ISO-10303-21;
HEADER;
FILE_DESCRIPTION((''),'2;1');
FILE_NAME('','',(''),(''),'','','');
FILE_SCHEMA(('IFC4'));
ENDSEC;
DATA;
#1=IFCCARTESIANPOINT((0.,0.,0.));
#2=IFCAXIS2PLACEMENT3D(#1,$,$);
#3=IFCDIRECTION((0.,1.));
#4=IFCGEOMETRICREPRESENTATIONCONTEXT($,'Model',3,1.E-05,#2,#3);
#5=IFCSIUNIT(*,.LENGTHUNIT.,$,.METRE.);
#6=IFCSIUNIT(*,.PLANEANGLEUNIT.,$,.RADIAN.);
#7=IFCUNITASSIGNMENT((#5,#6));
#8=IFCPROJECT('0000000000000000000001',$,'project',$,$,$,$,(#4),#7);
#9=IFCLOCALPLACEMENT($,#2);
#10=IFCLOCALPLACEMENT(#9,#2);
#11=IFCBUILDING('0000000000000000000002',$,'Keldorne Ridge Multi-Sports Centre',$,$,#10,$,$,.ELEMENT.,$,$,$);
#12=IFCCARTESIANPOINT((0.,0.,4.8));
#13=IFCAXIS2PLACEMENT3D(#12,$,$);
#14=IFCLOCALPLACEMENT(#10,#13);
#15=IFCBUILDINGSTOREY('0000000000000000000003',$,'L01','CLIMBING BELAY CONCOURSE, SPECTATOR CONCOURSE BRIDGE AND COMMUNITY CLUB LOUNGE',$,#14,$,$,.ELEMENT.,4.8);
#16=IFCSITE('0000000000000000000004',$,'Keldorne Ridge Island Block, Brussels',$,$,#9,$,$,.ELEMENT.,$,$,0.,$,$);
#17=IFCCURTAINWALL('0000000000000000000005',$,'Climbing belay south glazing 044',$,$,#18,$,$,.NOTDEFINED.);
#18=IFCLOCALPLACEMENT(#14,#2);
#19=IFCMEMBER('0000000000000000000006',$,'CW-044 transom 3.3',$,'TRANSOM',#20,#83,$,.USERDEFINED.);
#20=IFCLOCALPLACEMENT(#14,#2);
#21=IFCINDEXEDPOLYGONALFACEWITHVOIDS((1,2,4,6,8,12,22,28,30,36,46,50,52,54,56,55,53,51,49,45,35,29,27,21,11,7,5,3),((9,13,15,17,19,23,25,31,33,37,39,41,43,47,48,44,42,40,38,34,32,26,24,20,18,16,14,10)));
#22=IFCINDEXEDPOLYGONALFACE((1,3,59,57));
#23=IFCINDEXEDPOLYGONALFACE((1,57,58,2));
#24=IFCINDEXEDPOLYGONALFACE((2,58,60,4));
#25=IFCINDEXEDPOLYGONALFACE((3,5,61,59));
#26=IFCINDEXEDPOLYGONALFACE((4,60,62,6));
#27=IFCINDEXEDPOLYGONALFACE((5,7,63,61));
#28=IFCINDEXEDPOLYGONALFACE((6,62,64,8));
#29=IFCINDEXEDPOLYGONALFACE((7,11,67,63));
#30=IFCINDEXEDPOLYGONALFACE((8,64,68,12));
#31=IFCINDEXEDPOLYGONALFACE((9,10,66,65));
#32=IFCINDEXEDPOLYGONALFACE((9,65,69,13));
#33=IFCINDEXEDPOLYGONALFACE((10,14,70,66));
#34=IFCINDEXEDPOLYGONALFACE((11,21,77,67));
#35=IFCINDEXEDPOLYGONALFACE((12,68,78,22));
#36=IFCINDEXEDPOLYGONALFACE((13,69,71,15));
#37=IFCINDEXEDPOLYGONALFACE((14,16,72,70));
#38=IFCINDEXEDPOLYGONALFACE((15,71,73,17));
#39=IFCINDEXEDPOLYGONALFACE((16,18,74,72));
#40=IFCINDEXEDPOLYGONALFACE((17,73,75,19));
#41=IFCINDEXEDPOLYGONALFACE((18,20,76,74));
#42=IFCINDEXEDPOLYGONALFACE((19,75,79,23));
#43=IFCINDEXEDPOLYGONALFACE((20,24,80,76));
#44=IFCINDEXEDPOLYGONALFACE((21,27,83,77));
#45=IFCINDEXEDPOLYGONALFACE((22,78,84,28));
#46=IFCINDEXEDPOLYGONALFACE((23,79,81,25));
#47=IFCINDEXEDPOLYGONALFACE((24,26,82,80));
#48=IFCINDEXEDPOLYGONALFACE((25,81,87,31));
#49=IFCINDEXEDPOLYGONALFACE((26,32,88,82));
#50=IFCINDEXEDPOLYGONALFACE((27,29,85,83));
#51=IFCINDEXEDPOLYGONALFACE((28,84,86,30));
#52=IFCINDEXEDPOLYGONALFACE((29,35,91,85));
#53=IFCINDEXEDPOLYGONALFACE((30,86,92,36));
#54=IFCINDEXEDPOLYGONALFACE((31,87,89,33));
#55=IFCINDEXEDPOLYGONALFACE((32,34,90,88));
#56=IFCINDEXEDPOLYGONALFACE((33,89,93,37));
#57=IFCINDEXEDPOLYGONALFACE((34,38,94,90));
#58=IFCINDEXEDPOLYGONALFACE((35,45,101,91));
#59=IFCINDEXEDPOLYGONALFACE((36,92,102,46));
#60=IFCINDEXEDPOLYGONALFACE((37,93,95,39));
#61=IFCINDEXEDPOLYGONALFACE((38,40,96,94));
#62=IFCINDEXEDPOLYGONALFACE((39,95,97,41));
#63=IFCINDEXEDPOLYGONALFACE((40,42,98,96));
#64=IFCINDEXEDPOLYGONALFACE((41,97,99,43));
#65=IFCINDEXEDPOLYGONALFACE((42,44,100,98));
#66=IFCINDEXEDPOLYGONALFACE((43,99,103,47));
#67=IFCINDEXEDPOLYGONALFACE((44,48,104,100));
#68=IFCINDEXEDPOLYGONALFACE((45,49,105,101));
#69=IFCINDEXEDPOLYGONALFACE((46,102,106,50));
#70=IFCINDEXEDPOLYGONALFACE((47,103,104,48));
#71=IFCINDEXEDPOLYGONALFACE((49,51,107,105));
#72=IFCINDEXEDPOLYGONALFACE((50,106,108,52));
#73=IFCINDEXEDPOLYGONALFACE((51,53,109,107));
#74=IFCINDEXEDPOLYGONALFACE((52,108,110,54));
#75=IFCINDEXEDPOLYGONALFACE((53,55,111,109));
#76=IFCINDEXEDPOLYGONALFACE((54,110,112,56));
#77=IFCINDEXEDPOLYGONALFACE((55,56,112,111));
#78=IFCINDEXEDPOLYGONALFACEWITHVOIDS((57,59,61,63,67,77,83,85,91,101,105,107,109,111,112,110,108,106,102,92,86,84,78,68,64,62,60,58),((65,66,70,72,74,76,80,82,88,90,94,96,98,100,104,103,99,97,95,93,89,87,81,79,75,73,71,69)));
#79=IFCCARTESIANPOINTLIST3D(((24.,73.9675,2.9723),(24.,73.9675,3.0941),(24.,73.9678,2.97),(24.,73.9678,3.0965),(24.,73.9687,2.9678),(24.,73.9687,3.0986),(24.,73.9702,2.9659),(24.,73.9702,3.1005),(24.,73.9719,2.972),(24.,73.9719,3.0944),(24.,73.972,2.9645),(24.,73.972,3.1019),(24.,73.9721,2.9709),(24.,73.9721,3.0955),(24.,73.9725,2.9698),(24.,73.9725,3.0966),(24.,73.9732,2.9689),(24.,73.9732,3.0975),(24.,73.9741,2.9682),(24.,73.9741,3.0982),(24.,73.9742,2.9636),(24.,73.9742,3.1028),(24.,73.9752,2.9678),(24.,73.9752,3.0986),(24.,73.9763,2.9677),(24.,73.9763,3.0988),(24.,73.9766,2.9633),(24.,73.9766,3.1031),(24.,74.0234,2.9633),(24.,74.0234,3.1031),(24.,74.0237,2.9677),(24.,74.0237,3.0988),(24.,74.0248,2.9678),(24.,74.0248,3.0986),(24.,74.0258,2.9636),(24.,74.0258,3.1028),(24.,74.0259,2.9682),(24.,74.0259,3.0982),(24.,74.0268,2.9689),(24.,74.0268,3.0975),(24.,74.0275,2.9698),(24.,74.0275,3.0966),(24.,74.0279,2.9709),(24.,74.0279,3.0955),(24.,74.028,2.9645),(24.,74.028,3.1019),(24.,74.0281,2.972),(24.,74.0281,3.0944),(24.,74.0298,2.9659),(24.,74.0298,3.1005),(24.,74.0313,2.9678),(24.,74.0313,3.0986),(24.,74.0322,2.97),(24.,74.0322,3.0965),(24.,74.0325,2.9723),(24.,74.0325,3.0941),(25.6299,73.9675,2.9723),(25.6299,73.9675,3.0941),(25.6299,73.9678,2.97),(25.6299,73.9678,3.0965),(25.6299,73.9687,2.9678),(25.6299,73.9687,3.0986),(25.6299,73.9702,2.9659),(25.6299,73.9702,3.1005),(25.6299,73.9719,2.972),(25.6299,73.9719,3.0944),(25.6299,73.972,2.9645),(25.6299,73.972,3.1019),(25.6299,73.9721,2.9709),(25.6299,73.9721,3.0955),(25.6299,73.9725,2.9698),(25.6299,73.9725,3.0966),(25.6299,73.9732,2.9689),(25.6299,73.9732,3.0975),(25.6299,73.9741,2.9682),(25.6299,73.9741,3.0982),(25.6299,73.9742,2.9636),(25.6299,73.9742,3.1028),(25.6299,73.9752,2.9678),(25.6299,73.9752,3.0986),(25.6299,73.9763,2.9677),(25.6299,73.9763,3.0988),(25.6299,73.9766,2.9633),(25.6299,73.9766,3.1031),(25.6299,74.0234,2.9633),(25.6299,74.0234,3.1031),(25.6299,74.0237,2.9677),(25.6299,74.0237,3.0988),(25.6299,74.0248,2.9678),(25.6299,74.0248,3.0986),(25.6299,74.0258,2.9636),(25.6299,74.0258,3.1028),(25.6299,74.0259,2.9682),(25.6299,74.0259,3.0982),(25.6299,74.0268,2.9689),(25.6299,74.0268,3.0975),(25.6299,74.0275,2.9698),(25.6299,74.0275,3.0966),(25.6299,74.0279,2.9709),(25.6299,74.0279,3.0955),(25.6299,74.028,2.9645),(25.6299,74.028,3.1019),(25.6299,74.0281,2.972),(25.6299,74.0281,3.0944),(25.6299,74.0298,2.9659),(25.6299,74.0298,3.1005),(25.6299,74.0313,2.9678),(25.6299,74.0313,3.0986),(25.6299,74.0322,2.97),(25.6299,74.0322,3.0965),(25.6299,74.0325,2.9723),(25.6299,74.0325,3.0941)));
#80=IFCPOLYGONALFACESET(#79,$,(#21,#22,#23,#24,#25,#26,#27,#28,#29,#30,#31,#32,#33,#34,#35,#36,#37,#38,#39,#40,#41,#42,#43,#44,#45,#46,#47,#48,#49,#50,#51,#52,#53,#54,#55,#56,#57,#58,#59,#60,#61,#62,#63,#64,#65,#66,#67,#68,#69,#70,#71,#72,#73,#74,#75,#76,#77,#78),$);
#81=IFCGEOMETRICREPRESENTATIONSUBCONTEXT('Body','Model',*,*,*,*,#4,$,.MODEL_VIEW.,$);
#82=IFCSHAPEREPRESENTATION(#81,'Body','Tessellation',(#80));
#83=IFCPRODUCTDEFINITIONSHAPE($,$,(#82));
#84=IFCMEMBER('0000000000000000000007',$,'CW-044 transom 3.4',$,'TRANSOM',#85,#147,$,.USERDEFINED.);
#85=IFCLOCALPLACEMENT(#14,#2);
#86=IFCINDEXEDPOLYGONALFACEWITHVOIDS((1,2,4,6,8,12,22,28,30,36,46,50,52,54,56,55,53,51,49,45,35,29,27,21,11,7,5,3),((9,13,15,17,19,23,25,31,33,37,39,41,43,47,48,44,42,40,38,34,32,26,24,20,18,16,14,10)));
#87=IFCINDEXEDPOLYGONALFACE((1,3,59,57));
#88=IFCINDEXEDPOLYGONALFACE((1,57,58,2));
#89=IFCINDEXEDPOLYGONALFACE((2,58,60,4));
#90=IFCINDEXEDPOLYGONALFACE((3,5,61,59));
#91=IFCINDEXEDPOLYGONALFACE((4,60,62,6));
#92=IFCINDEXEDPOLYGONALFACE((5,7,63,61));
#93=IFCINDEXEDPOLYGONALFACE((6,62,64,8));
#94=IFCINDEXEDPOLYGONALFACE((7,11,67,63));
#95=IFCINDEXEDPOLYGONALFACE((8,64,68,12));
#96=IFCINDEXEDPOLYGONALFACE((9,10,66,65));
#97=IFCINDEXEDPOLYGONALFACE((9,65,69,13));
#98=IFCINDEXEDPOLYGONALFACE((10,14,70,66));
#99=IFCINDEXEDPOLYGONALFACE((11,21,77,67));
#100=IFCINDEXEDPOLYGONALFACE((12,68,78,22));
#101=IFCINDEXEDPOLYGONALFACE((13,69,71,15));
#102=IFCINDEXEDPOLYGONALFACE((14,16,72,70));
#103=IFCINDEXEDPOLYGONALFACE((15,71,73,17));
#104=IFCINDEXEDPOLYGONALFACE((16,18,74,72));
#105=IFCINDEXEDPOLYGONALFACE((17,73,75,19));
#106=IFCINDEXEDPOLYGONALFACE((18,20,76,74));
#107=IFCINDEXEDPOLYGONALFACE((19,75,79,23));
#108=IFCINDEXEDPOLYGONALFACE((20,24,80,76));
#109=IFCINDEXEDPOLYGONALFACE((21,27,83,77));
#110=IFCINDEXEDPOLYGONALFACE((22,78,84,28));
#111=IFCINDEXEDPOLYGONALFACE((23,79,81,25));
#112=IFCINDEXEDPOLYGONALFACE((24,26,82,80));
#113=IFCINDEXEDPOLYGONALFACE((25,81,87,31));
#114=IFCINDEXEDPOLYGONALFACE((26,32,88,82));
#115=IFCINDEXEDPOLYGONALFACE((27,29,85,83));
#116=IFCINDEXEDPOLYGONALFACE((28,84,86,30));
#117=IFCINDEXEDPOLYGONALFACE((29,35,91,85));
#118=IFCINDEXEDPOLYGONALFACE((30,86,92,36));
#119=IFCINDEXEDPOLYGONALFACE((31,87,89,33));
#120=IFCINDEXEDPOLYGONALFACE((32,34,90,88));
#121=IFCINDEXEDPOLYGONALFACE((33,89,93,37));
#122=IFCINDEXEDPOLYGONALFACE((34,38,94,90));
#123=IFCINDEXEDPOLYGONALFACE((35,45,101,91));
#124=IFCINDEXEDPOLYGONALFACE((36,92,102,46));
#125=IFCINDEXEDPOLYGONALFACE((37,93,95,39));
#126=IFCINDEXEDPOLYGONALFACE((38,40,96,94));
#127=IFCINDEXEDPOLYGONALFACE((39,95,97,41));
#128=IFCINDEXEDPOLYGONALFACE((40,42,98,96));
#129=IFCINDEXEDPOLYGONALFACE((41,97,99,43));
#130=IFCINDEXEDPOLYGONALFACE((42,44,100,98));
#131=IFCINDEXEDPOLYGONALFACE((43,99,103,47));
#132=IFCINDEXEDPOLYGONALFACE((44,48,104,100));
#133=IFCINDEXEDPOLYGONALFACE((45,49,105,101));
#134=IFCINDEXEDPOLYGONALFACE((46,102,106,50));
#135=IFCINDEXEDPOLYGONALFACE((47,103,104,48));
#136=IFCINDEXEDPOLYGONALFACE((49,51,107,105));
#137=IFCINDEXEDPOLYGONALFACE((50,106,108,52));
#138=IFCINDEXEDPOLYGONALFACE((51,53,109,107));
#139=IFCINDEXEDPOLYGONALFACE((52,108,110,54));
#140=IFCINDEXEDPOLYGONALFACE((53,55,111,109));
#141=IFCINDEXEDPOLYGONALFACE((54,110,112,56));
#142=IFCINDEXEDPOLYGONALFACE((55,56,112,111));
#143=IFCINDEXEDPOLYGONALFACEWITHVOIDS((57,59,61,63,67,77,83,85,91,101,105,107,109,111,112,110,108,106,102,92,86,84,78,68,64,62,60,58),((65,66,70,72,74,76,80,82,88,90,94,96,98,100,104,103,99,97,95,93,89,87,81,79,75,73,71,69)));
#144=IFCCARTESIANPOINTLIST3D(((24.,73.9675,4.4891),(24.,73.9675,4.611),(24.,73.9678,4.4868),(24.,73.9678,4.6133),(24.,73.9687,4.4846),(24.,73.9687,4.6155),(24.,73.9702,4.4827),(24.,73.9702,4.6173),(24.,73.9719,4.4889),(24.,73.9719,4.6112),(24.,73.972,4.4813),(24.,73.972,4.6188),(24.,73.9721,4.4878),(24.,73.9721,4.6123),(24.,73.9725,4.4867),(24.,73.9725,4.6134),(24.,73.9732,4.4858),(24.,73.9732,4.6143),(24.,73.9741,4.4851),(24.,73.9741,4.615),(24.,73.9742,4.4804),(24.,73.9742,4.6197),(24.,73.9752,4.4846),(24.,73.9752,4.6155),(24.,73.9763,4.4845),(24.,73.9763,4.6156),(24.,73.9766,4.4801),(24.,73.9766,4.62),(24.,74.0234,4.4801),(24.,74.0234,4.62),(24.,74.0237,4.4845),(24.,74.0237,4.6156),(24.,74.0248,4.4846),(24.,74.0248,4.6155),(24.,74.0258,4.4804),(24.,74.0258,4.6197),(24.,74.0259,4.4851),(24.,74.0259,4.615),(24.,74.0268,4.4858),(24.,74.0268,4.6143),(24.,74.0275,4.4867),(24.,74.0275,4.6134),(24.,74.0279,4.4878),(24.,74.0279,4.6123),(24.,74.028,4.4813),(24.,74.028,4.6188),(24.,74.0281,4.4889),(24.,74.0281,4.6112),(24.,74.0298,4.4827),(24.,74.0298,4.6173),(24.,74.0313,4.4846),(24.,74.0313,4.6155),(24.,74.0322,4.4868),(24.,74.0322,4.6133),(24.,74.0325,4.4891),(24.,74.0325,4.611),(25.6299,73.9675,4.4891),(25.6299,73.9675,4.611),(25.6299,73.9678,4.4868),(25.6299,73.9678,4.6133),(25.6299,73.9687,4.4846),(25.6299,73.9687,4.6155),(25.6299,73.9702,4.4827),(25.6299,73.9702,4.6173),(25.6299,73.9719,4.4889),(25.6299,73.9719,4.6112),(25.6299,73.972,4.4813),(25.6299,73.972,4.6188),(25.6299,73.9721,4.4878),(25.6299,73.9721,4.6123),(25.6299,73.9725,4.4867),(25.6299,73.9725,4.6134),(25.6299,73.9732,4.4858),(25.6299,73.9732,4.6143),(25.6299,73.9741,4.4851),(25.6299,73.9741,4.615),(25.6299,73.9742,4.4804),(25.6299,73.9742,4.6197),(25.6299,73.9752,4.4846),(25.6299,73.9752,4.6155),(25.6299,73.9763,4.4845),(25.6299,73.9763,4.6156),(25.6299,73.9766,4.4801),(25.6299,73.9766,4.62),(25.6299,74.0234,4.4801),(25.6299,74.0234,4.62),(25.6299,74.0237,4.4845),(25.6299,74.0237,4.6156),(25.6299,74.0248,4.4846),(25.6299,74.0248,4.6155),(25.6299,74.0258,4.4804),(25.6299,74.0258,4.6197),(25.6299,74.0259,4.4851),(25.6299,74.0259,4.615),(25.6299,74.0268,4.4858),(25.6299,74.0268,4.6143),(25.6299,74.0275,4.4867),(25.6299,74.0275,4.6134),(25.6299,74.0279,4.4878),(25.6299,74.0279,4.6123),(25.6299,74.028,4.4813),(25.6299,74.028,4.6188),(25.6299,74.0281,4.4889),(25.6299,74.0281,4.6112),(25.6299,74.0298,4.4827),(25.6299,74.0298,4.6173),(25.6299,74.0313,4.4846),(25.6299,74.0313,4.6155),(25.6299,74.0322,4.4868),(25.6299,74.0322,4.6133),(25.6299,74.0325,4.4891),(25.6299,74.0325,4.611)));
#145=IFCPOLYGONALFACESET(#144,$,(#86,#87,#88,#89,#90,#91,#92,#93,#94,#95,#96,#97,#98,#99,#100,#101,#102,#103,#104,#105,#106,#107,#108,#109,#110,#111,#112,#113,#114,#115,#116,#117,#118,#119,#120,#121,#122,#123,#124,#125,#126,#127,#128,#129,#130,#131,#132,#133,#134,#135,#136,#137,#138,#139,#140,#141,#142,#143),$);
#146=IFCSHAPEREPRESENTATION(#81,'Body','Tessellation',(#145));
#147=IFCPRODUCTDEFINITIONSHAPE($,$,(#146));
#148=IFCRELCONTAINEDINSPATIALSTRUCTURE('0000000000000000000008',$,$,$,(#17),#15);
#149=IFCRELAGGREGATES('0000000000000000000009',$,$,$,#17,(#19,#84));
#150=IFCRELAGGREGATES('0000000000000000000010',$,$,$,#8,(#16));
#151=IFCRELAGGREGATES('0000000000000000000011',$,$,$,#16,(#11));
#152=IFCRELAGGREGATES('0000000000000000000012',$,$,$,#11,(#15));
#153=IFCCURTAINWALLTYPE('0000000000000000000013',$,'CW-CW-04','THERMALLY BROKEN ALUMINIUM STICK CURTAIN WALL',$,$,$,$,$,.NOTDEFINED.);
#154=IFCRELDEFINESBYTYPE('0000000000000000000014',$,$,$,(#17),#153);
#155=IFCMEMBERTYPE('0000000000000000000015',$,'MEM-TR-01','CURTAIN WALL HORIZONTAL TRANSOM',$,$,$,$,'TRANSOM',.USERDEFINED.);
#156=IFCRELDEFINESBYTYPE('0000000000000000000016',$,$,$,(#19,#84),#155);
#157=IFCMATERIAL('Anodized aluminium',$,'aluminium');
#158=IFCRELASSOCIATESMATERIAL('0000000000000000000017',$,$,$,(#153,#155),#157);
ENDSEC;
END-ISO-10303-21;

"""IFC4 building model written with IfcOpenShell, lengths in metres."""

from ifc_helpers import new_model, si_unit, direction, frame, origin, origin_2d, place, context, subcontext, project, spatial, hollow_rectangle, extrude, material, material_profile, profile_set, type_object, element, aggregate, save


model = new_model("IFC4")

# Units and contexts
model_context = context("Model", 3, precision=1e-05, world=origin(), true_north=direction((0.0, 1.0)))
body_context = subcontext(model_context, "Body", "Model", "MODEL_VIEW")
ifc_project = project(units=[si_unit("LENGTHUNIT", "METRE"), si_unit("PLANEANGLEUNIT", "RADIAN")], contexts=[model_context])

# Site, building, storey
site_placement = place(None, origin())
site = spatial("IfcSite", under=ifc_project, at=site_placement, Name="Keldorne Ridge Island Block, Brussels", CompositionType="ELEMENT", RefElevation=0.0)
building_placement = place(site_placement, origin())
building = spatial("IfcBuilding", under=site, at=building_placement, Name="Keldorne Ridge Multi-Sports Centre", CompositionType="ELEMENT")
storey_placement = place(building_placement, frame((0.0, 0.0, 4.8)))
storey = spatial("IfcBuildingStorey", under=building, at=storey_placement, Name="L01", Description="CLIMBING BELAY CONCOURSE, SPECTATOR CONCOURSE BRIDGE AND COMMUNITY CLUB LOUNGE", CompositionType="ELEMENT", Elevation=4.8)

# Curtain wall
ifc_material_1 = material(Name="Anodized aluminium", Category="aluminium")
curtain_wall_type_1 = type_object("IfcCurtainWallType", Name="CW-CW-04", Description="THERMALLY BROKEN ALUMINIUM STICK CURTAIN WALL", PredefinedType="NOTDEFINED", material=ifc_material_1)
curtain_wall_1_placement = place(storey_placement, origin())
curtain_wall_1 = element("IfcCurtainWall", 1, at=curtain_wall_1_placement, inside=storey, type_object=curtain_wall_type_1, Name="Climbing belay south glazing 044", PredefinedType="NOTDEFINED")

# Members
ifc_material_profile_1 = material_profile(ifc_material_1, hollow_rectangle(XDim=0.0649, YDim=0.1399, WallThickness=0.0044, InnerFilletRadius=0.0044, OuterFilletRadius=0.009, at=origin_2d()), Name="ALU TRANSOM 140x65x4.5")
ifc_profile_set_1 = profile_set([ifc_material_profile_1], Name="Anodized aluminium")
member_type_1 = type_object("IfcMemberType", Name="MEM-TR-01", Description="CURTAIN WALL HORIZONTAL TRANSOM", ElementType="TRANSOM", PredefinedType="USERDEFINED", material=ifc_profile_set_1)
member_1_placement = place(storey_placement, frame((24.0, 74.0, 3.0332), z_axis=(1.0, 0.0, 0.0), x_axis=(0.0, 1.0, 0.0)))
member_1 = element("IfcMember", 2, at=member_1_placement, type_object=member_type_1, Name="CW-044 transom 3.3", ObjectType="TRANSOM", PredefinedType="USERDEFINED", context=body_context, shape_type="SweptSolid", body=[
    extrude(hollow_rectangle(XDim=0.0649, YDim=0.1399, WallThickness=0.0044, InnerFilletRadius=0.0044, OuterFilletRadius=0.009, at=origin_2d()), origin(), (0.0, 0.0, 1.0), 1.6299),
])
member_2_placement = place(storey_placement, frame((24.0, 74.0, 4.55), z_axis=(1.0, 0.0, 0.0), x_axis=(0.0, 1.0, 0.0)))
member_2 = element("IfcMember", 3, at=member_2_placement, type_object=member_type_1, Name="CW-044 transom 3.4", ObjectType="TRANSOM", PredefinedType="USERDEFINED", context=body_context, shape_type="SweptSolid", body=[
    extrude(hollow_rectangle(XDim=0.0649, YDim=0.1399, WallThickness=0.0044, InnerFilletRadius=0.0044, OuterFilletRadius=0.009, at=origin_2d()), origin(), (0.0, 0.0, 1.0), 1.6299),
])

aggregate(curtain_wall_1, [member_1, member_2])

save(model, "model.ifc")
